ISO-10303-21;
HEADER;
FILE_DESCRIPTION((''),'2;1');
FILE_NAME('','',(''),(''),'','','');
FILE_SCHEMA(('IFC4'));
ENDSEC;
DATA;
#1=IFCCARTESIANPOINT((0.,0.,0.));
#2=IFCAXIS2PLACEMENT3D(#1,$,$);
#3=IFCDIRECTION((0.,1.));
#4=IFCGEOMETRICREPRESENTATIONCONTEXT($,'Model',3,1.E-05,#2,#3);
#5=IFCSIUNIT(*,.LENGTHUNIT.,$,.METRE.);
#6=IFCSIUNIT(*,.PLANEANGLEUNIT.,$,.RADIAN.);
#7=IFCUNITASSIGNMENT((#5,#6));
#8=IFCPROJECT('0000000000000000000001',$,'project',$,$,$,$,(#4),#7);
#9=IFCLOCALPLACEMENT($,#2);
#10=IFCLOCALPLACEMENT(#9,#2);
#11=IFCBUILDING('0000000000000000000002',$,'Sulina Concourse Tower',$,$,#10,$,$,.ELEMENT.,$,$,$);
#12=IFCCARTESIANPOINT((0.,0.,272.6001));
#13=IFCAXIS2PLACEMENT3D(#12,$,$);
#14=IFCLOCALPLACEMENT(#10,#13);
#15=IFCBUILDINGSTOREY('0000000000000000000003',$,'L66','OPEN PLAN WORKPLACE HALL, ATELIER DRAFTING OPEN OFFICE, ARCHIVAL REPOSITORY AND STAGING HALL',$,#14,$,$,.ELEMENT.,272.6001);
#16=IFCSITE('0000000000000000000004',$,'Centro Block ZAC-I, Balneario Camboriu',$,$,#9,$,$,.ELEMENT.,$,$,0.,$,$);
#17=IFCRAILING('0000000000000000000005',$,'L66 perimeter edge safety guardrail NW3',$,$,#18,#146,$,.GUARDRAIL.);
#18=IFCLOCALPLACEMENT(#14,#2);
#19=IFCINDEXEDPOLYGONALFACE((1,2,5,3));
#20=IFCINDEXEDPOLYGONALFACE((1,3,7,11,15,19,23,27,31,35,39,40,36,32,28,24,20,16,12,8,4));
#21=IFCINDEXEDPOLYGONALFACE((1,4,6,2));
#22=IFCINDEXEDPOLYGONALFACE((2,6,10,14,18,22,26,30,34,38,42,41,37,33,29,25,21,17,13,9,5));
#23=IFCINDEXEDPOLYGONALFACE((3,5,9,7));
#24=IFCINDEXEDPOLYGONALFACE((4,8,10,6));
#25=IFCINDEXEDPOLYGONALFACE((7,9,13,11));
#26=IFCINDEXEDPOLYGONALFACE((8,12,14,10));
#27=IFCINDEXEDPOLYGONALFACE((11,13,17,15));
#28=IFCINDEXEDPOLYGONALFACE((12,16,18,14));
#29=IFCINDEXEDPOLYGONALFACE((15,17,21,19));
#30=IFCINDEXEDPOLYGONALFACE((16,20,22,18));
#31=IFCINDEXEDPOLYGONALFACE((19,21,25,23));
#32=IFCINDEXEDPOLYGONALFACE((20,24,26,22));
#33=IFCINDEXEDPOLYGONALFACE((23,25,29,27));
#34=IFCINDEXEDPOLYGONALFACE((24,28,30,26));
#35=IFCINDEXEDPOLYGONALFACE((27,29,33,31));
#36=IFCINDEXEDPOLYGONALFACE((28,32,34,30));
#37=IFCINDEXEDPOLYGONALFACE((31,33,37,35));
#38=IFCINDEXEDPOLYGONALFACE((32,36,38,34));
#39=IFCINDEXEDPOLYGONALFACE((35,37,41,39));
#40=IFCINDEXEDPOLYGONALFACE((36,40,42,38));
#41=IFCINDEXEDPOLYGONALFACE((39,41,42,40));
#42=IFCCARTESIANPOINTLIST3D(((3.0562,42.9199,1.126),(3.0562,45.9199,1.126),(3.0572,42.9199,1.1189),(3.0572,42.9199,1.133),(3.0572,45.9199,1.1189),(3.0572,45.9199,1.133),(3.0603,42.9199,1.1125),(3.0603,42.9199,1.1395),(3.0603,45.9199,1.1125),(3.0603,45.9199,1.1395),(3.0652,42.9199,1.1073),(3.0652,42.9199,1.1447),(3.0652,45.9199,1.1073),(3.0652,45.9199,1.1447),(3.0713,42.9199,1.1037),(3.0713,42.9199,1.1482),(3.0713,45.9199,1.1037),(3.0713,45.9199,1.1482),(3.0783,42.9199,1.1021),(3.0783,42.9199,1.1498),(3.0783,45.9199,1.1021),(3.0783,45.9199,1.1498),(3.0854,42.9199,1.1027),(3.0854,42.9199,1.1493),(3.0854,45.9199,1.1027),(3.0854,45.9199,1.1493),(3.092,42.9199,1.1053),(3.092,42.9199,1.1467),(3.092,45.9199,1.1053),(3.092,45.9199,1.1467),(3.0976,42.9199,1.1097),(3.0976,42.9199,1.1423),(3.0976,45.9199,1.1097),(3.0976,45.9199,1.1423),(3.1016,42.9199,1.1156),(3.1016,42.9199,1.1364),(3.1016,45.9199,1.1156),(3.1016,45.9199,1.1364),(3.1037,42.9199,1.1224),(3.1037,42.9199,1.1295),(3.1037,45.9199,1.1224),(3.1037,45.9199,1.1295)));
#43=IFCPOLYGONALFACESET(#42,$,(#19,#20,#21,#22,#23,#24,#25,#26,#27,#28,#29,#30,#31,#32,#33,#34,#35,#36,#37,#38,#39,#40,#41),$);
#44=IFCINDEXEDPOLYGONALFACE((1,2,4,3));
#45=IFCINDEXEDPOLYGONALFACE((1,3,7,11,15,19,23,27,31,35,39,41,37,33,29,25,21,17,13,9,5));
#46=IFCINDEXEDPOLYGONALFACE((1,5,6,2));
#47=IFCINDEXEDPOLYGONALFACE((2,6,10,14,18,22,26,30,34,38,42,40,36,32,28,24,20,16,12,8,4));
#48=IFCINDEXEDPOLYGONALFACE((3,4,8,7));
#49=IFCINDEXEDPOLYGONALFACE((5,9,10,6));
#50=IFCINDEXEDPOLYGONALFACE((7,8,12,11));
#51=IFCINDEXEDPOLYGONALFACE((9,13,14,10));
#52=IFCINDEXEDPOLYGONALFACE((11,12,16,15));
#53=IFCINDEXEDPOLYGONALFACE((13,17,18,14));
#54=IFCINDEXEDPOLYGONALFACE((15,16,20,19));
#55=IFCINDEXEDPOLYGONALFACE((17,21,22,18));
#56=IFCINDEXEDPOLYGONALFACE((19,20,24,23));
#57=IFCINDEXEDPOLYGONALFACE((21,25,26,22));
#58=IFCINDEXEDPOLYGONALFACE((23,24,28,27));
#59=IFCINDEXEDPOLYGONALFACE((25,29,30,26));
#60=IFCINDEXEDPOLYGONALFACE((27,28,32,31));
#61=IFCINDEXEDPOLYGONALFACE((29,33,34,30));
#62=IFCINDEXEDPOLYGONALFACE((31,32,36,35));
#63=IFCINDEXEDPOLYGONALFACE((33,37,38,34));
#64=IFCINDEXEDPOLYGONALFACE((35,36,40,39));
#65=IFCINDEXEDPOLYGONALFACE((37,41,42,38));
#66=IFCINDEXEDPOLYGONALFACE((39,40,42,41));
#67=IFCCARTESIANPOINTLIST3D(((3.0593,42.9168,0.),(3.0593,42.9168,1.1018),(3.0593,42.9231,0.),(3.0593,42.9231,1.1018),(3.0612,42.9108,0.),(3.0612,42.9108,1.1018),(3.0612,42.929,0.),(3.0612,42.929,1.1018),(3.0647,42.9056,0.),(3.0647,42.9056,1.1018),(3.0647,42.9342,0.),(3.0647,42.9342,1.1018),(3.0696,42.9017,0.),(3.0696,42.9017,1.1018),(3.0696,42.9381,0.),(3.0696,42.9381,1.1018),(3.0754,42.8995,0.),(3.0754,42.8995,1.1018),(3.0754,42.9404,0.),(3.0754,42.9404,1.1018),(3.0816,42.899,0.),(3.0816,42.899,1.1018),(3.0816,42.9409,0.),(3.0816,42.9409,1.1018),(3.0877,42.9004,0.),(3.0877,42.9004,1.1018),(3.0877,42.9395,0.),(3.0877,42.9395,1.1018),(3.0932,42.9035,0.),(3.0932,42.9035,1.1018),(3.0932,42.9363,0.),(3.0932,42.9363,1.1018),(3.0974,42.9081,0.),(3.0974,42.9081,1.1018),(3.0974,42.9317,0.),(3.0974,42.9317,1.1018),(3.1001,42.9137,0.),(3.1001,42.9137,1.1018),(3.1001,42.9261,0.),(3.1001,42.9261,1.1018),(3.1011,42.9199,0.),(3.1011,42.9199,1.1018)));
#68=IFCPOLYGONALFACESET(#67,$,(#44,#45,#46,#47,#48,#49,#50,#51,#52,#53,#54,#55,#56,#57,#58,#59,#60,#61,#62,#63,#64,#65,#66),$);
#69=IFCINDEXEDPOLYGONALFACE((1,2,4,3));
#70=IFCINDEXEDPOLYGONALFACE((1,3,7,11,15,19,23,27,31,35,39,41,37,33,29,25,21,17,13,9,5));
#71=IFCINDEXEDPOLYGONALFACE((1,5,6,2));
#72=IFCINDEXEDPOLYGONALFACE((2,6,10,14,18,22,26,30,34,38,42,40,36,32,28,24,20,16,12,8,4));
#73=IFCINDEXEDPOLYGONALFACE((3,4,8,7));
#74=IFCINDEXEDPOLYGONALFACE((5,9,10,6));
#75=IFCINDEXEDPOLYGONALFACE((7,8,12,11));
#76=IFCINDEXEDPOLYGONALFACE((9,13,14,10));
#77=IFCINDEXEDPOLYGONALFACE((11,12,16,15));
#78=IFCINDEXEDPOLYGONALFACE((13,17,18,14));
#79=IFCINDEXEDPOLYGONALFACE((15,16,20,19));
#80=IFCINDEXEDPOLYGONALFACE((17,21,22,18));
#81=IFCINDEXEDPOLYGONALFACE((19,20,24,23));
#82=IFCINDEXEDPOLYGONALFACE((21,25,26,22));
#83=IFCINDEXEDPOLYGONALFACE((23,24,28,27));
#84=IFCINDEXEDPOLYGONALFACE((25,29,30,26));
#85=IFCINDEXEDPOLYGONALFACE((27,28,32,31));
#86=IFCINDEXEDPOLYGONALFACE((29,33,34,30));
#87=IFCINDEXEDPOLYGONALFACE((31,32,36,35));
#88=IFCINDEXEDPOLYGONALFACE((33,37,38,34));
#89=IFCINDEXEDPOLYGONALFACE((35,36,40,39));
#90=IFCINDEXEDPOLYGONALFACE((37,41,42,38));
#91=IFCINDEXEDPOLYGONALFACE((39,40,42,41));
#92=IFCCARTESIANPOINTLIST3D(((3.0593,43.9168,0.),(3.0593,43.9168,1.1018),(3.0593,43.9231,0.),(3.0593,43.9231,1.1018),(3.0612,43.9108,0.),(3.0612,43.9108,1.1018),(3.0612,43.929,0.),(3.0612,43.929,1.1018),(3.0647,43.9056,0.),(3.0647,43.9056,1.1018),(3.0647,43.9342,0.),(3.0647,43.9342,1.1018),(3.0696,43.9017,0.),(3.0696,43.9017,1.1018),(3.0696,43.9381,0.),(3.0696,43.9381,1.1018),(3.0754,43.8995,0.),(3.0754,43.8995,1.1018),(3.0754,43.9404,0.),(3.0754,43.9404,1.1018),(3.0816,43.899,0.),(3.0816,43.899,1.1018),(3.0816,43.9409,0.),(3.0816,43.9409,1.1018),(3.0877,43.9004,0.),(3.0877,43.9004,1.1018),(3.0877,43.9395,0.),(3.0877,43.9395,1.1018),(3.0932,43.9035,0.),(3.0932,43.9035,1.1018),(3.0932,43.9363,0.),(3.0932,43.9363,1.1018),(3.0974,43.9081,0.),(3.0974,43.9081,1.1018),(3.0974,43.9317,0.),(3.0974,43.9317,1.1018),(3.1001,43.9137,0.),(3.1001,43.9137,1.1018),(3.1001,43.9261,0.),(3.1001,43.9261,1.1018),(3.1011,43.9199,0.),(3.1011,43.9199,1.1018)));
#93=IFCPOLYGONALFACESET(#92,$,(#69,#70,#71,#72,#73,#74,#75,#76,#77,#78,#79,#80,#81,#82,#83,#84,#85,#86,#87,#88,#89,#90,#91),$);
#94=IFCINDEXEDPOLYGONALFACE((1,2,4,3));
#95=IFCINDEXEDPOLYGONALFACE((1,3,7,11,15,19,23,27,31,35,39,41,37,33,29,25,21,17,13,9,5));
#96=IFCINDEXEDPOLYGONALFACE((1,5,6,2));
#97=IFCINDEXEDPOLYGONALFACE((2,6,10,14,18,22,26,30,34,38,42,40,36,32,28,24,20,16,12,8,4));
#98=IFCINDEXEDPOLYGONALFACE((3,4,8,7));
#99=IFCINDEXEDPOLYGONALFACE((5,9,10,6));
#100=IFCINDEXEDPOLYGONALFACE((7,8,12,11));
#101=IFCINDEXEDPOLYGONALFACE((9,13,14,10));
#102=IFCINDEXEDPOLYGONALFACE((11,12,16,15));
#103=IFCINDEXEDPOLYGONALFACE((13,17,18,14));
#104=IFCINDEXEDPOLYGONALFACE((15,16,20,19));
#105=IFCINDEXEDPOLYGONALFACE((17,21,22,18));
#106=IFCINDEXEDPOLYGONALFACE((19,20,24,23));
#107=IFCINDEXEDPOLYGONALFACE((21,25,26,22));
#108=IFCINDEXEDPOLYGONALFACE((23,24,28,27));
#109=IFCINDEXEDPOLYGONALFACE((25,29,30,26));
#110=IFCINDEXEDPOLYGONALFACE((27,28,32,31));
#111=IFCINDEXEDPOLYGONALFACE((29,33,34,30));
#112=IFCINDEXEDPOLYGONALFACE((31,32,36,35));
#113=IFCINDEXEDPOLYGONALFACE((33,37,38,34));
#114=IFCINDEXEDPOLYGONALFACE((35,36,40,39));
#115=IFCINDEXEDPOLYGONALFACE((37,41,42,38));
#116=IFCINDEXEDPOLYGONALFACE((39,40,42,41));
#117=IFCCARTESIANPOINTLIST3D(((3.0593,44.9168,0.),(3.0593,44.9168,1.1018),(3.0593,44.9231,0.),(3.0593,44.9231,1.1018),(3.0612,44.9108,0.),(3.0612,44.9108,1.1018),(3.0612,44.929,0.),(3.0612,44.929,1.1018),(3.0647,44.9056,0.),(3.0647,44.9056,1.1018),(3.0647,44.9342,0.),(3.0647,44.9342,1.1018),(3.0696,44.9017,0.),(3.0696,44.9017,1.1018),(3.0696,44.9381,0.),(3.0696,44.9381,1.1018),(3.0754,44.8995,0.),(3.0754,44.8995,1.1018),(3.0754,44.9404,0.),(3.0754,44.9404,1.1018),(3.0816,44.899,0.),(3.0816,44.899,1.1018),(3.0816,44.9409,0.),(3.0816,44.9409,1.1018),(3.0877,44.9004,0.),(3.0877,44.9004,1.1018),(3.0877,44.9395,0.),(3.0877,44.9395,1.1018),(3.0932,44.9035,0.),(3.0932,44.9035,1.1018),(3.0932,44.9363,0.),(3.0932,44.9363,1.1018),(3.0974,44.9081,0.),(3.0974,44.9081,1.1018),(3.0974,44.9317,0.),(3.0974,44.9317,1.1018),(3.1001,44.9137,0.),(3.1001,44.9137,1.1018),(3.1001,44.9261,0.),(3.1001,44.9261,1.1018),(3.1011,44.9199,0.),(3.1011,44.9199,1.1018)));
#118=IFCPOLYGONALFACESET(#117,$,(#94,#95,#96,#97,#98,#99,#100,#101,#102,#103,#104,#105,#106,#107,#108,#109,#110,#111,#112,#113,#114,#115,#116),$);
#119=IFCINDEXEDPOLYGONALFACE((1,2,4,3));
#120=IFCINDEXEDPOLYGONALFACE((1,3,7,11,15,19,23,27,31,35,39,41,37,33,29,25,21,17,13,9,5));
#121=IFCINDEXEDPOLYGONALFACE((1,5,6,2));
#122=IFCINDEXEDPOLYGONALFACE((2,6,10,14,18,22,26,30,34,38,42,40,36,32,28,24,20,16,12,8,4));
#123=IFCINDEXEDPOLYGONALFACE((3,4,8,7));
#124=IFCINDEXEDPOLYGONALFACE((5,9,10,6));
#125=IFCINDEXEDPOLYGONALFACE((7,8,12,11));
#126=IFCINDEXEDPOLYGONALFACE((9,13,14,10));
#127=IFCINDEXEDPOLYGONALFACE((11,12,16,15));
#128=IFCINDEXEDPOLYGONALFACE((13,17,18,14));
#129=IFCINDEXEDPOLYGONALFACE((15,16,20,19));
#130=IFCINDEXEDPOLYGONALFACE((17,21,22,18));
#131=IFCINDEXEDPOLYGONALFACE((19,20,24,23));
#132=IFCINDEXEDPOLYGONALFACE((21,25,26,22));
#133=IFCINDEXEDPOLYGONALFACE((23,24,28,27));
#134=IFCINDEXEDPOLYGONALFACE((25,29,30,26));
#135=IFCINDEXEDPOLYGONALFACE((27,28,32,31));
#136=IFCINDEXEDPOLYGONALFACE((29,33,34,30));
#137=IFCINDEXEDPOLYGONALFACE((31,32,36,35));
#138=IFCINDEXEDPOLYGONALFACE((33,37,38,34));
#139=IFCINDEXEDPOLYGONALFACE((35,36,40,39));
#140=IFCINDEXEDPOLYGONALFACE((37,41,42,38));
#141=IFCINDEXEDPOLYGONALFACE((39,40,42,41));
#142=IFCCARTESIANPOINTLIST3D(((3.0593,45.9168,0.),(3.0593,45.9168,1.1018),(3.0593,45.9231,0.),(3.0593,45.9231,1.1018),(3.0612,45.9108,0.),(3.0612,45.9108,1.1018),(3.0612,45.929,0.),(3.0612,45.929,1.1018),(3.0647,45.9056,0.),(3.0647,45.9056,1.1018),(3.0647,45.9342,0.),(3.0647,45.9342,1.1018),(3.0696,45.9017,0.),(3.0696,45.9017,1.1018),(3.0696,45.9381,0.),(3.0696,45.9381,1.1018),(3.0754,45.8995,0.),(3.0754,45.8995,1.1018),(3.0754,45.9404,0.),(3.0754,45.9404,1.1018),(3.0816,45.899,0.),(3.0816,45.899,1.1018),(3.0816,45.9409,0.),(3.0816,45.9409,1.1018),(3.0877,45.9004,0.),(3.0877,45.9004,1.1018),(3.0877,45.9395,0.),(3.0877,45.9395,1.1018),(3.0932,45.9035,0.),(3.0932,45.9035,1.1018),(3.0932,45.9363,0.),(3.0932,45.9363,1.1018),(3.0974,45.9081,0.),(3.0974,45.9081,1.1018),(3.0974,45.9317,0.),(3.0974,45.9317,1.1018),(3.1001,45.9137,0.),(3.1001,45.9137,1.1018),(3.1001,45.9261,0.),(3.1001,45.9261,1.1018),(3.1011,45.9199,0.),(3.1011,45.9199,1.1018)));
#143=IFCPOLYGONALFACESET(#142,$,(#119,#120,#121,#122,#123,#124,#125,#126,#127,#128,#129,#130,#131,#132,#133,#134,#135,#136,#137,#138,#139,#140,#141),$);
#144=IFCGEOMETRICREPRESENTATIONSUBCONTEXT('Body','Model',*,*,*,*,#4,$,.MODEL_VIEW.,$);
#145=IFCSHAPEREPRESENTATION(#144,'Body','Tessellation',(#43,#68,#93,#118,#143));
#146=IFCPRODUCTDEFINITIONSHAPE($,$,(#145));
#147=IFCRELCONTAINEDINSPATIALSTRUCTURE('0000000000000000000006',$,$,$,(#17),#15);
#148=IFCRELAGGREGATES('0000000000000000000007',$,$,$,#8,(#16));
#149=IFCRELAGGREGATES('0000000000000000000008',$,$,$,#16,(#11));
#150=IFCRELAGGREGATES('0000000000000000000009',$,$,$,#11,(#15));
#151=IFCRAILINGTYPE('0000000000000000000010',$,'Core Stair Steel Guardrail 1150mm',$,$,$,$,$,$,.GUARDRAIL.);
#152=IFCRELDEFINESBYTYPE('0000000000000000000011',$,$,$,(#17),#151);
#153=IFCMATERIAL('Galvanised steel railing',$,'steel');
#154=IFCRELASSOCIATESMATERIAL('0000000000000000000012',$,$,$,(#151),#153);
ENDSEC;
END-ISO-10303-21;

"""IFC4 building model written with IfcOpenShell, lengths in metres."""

from ifc_helpers import new_model, si_unit, direction, frame, origin, origin_2d, place, context, subcontext, project, spatial, circle, extrude, material, type_object, element, save


model = new_model("IFC4")

# Units and contexts
model_context = context("Model", 3, precision=1e-05, world=origin(), true_north=direction((0.0, 1.0)))
body_context = subcontext(model_context, "Body", "Model", "MODEL_VIEW")
ifc_project = project(units=[si_unit("LENGTHUNIT", "METRE"), si_unit("PLANEANGLEUNIT", "RADIAN")], contexts=[model_context])

# Site, building, storey
site_placement = place(None, origin())
site = spatial("IfcSite", under=ifc_project, at=site_placement, Name="Centro Block ZAC-I, Balneario Camboriu", CompositionType="ELEMENT", RefElevation=0.0)
building_placement = place(site_placement, origin())
building = spatial("IfcBuilding", under=site, at=building_placement, Name="Sulina Concourse Tower", CompositionType="ELEMENT")
storey_placement = place(building_placement, frame((0.0, 0.0, 272.6001)))
storey = spatial("IfcBuildingStorey", under=building, at=storey_placement, Name="L66", Description="OPEN PLAN WORKPLACE HALL, ATELIER DRAFTING OPEN OFFICE, ARCHIVAL REPOSITORY AND STAGING HALL", CompositionType="ELEMENT", Elevation=272.6001)

# Railing
ifc_material_1 = material(Name="Galvanised steel railing", Category="steel")
railing_type_1 = type_object("IfcRailingType", Name="Core Stair Steel Guardrail 1150mm", PredefinedType="GUARDRAIL", material=ifc_material_1)
railing_1_placement = place(storey_placement, frame((3.0801, 42.9199, 0.0)))
element("IfcRailing", 1, at=railing_1_placement, inside=storey, type_object=railing_type_1, Name="L66 perimeter edge safety guardrail NW3", PredefinedType="GUARDRAIL", context=body_context, shape_type="SweptSolid", body=[
    extrude(circle(Radius=0.0239, at=origin_2d()), frame((0.0, 0.0, 1.126), z_axis=(0.0, 1.0, 0.0), x_axis=(-1.0, 0.0, 0.0)), (0.0, 0.0, 1.0), 3.0),
    extrude(circle(Radius=0.021, at=origin_2d()), origin(), (0.0, 0.0, 1.0), 1.1018),
    extrude(circle(Radius=0.021, at=origin_2d()), frame((0.0, 1.0, 0.0)), (0.0, 0.0, 1.0), 1.1018),
    extrude(circle(Radius=0.021, at=origin_2d()), frame((0.0, 2.0, 0.0)), (0.0, 0.0, 1.0), 1.1018),
    extrude(circle(Radius=0.021, at=origin_2d()), frame((0.0, 3.0, 0.0)), (0.0, 0.0, 1.0), 1.1018),
])

save(model, "model.ifc")
